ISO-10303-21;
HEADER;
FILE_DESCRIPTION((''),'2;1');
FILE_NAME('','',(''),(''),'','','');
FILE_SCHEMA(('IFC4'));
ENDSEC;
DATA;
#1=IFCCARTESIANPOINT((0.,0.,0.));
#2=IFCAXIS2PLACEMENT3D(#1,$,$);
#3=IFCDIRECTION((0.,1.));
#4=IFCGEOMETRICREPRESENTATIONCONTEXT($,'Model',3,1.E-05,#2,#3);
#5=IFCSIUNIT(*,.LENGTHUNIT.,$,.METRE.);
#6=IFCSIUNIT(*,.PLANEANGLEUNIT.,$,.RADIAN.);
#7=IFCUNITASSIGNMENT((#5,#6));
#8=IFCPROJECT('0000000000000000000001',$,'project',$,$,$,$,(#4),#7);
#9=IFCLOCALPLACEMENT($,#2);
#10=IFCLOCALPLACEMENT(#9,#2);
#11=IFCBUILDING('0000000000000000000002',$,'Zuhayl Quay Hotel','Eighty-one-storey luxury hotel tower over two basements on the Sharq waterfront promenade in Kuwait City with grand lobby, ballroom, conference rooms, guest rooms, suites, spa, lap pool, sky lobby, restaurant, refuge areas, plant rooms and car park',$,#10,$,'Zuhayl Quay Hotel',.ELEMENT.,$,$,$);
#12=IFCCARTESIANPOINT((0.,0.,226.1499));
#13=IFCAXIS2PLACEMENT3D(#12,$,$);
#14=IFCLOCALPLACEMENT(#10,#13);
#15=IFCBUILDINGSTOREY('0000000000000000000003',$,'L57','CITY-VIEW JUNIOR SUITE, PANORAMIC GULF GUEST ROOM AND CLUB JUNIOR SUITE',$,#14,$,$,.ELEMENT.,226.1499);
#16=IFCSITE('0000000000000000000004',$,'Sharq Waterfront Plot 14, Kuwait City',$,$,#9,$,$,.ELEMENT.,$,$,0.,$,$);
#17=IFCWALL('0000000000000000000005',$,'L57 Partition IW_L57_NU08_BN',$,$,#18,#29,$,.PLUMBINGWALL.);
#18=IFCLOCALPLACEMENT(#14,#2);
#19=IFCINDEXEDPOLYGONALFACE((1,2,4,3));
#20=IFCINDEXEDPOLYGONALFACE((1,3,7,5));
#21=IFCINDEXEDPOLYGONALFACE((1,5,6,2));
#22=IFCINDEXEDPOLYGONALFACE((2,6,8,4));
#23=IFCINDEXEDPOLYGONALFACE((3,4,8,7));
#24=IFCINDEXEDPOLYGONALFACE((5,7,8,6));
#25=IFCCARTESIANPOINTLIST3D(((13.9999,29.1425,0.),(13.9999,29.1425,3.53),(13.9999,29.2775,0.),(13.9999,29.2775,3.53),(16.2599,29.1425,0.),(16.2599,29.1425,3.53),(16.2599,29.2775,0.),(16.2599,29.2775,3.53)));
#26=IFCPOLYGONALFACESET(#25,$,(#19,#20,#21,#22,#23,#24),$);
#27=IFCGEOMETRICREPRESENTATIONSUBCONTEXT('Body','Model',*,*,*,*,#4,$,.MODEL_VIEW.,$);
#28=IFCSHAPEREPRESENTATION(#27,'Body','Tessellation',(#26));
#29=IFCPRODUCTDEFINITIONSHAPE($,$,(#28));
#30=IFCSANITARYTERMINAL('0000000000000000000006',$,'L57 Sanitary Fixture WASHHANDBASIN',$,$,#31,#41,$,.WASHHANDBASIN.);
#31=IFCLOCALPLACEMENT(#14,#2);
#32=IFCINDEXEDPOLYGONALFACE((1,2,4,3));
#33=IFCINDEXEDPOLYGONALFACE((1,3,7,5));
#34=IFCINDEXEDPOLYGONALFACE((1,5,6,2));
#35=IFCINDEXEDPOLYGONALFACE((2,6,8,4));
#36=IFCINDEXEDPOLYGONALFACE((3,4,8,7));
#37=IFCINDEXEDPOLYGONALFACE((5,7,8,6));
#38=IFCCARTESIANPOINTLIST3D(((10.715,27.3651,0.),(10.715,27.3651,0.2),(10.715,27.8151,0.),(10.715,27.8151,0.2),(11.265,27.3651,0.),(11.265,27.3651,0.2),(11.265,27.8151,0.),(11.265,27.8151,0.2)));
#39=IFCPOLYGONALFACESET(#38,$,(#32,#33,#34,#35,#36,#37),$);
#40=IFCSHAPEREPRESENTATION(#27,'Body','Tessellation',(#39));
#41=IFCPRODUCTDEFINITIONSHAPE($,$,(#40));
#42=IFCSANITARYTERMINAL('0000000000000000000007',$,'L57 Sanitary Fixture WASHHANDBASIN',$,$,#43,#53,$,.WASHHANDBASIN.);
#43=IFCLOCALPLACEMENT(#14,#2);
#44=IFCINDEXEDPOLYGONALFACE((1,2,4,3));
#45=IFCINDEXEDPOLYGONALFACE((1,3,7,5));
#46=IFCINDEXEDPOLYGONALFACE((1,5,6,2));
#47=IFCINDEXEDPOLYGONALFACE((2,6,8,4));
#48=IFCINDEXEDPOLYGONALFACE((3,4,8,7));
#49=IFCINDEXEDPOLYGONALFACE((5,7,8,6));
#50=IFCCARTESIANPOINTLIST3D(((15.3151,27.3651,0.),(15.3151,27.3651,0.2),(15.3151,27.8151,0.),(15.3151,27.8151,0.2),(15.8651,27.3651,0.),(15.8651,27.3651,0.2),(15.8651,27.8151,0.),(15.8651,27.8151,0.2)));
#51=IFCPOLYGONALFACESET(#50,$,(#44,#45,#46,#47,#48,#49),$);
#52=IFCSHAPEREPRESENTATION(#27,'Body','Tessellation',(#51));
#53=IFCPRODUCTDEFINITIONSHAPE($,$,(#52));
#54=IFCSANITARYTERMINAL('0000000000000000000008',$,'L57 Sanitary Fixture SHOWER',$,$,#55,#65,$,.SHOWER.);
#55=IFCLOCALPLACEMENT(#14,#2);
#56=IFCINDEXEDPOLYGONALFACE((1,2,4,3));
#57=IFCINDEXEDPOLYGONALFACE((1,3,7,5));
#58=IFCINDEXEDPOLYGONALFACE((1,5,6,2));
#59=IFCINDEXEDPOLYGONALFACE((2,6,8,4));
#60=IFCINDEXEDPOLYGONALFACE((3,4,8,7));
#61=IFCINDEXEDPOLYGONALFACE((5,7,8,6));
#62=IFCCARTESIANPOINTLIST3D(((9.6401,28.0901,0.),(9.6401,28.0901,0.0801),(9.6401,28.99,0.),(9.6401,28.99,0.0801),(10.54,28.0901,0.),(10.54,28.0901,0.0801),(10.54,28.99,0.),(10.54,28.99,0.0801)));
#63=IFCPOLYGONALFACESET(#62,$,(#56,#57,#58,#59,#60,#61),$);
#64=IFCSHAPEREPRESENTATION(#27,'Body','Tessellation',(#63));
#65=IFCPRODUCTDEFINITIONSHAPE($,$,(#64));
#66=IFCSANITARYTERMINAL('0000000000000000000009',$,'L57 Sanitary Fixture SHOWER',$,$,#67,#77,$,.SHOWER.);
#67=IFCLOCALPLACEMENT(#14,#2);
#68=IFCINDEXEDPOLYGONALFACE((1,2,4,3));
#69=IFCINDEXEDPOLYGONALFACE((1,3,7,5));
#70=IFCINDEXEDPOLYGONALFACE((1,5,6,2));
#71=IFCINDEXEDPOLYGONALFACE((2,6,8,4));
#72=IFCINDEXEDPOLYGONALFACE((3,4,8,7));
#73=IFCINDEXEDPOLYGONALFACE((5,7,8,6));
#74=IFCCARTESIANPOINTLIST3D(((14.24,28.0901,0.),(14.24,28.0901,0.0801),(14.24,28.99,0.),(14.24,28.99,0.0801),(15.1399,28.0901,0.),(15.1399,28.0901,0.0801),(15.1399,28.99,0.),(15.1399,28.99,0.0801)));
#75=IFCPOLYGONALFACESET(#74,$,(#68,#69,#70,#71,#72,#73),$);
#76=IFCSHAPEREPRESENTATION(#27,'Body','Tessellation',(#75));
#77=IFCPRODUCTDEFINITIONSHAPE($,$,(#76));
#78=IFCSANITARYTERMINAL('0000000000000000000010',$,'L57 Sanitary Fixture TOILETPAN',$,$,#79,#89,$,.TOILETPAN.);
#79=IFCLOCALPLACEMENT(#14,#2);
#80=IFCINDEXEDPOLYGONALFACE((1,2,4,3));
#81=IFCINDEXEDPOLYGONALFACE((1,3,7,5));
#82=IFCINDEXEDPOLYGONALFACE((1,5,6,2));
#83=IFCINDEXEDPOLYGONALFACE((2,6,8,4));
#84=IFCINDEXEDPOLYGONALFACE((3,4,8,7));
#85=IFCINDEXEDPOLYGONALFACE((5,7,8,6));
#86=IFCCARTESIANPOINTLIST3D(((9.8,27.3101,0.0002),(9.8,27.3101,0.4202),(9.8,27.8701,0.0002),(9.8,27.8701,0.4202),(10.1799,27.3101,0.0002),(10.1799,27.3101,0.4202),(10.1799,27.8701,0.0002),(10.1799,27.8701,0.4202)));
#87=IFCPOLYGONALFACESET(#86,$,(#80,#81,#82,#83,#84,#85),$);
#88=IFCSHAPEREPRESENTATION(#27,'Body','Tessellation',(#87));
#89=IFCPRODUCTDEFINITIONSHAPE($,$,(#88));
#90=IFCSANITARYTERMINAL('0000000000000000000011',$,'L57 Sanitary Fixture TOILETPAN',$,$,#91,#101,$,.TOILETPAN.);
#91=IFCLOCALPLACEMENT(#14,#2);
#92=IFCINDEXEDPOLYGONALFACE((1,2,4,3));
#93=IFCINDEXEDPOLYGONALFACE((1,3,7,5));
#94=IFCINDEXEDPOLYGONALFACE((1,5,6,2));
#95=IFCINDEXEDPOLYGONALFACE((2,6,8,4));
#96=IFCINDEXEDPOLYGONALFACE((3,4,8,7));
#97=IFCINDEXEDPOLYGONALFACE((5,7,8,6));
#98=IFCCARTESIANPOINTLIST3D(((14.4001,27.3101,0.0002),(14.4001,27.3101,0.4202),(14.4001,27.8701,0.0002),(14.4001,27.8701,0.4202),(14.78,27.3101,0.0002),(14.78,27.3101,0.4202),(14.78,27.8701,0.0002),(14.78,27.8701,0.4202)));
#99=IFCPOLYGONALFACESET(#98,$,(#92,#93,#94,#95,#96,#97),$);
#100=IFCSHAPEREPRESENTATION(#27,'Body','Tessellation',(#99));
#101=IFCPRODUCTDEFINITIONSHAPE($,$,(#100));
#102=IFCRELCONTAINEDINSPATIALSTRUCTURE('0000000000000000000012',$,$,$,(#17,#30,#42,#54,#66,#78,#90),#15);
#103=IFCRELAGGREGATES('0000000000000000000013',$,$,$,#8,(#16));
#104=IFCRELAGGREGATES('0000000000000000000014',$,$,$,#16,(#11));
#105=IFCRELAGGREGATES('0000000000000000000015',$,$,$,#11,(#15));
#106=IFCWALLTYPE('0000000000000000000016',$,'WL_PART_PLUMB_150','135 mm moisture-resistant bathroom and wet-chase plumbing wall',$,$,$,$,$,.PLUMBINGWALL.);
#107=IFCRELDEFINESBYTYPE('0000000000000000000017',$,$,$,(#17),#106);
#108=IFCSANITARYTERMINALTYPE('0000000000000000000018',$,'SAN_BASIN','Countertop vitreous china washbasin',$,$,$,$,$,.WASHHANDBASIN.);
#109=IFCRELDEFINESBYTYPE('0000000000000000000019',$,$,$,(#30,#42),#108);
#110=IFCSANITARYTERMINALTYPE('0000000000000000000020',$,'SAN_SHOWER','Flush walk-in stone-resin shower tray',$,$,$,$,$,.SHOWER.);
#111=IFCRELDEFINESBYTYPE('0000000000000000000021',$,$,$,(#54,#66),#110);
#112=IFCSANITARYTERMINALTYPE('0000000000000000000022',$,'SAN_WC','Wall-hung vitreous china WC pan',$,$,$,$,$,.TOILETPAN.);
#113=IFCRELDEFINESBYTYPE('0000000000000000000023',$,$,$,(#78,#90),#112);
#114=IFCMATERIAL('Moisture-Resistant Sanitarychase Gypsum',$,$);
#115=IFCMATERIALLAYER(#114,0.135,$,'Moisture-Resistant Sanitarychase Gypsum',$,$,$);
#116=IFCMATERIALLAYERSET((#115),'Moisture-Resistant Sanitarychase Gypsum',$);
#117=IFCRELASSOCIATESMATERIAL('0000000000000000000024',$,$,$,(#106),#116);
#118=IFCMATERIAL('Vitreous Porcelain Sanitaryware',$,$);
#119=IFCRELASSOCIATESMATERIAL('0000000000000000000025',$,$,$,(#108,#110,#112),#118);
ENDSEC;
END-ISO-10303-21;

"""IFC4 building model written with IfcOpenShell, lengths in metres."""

from ifc_helpers import new_model, si_unit, direction, frame, frame_2d, origin, origin_2d, place, context, subcontext, project, spatial, rectangle, extrude, material, layer, layer_set, type_object, element, save


model = new_model("IFC4")

# Units and contexts
model_context = context("Model", 3, precision=1e-05, world=origin(), true_north=direction((0.0, 1.0)))
body_context = subcontext(model_context, "Body", "Model", "MODEL_VIEW")
ifc_project = project(units=[si_unit("LENGTHUNIT", "METRE"), si_unit("PLANEANGLEUNIT", "RADIAN")], contexts=[model_context])

# Site, building, storey
site_placement = place(None, origin())
site = spatial("IfcSite", under=ifc_project, at=site_placement, Name="Sharq Waterfront Plot 14, Kuwait City", CompositionType="ELEMENT", RefElevation=0.0)
building_placement = place(site_placement, origin())
building = spatial("IfcBuilding", under=site, at=building_placement, Name="Zuhayl Quay Hotel", Description="Eighty-one-storey luxury hotel tower over two basements on the Sharq waterfront promenade in Kuwait City with grand lobby, ballroom, conference rooms, guest rooms, suites, spa, lap pool, sky lobby, restaurant, refuge areas, plant rooms and car park", LongName="Zuhayl Quay Hotel", CompositionType="ELEMENT")
storey_placement = place(building_placement, frame((0.0, 0.0, 226.1499)))
storey = spatial("IfcBuildingStorey", under=building, at=storey_placement, Name="L57", Description="CITY-VIEW JUNIOR SUITE, PANORAMIC GULF GUEST ROOM AND CLUB JUNIOR SUITE", CompositionType="ELEMENT", Elevation=226.1499)

# Shared definitions
ifc_material_1 = material(Name="Moisture-Resistant Sanitarychase Gypsum")
ifc_layer_1 = layer(ifc_material_1, 0.135, Name="Moisture-Resistant Sanitarychase Gypsum")
ifc_layer_set_1 = layer_set([ifc_layer_1], Name="Moisture-Resistant Sanitarychase Gypsum")
wall_type_1 = type_object("IfcWallType", Name="WL_PART_PLUMB_150", Description="135 mm moisture-resistant bathroom and wet-chase plumbing wall", PredefinedType="PLUMBINGWALL", material=ifc_layer_set_1)

# Wall
wall_1_placement = place(storey_placement, frame((14.0, 29.21, 0.0), z_axis=(0.0, 0.0, 1.0), x_axis=(1.0, 0.0, 0.0)))
element("IfcWall", 1, at=wall_1_placement, inside=storey, type_object=wall_type_1, Name="L57 Partition IW_L57_NU08_BN", PredefinedType="PLUMBINGWALL", context=body_context, shape_type="SweptSolid", body=[
    extrude(rectangle(XDim=2.26, YDim=0.135, at=frame_2d((1.1299, 0.0))), origin(), (0.0, 0.0, 1.0), 3.53),
])

# Sanitary terminals
ifc_material_2 = material(Name="Vitreous Porcelain Sanitaryware")
sanitary_terminal_type_1 = type_object("IfcSanitaryTerminalType", Name="SAN_BASIN", Description="Countertop vitreous china washbasin", PredefinedType="WASHHANDBASIN", material=ifc_material_2)
for number, where, z_axis, x_axis, name in (
    (2, (10.99, 27.5901, 0.0), (0.0, 0.0, 1.0), (1.0, 0.0, 0.0), "L57 Sanitary Fixture WASHHANDBASIN"),
    (3, (15.5901, 27.5901, 0.0), (0.0, 0.0, 1.0), (1.0, 0.0, 0.0), "L57 Sanitary Fixture WASHHANDBASIN"),
):
    element("IfcSanitaryTerminal", number, at=place(storey_placement, frame(where, z_axis=z_axis, x_axis=x_axis)), inside=storey, type_object=sanitary_terminal_type_1, Name=name, PredefinedType="WASHHANDBASIN", context=body_context, shape_type="SweptSolid", body=[
        extrude(rectangle(XDim=0.55, YDim=0.45, at=origin_2d()), origin(), (0.0, 0.0, 1.0), 0.2),
    ])
sanitary_terminal_type_2 = type_object("IfcSanitaryTerminalType", Name="SAN_SHOWER", Description="Flush walk-in stone-resin shower tray", PredefinedType="SHOWER", material=ifc_material_2)
for number, where, z_axis, x_axis, name in (
    (4, (10.0901, 28.54, 0.0), (0.0, 0.0, 1.0), (1.0, 0.0, 0.0), "L57 Sanitary Fixture SHOWER"),
    (5, (14.6899, 28.54, 0.0), (0.0, 0.0, 1.0), (1.0, 0.0, 0.0), "L57 Sanitary Fixture SHOWER"),
):
    element("IfcSanitaryTerminal", number, at=place(storey_placement, frame(where, z_axis=z_axis, x_axis=x_axis)), inside=storey, type_object=sanitary_terminal_type_2, Name=name, PredefinedType="SHOWER", context=body_context, shape_type="SweptSolid", body=[
        extrude(rectangle(XDim=0.8999, YDim=0.8999, at=origin_2d()), origin(), (0.0, 0.0, 1.0), 0.0801),
    ])
sanitary_terminal_type_3 = type_object("IfcSanitaryTerminalType", Name="SAN_WC", Description="Wall-hung vitreous china WC pan", PredefinedType="TOILETPAN", material=ifc_material_2)
for number, where, z_axis, x_axis, name in (
    (6, (9.99, 27.5901, 0.0002), (0.0, 0.0, 1.0), (1.0, 0.0, 0.0), "L57 Sanitary Fixture TOILETPAN"),
    (7, (14.5901, 27.5901, 0.0002), (0.0, 0.0, 1.0), (1.0, 0.0, 0.0), "L57 Sanitary Fixture TOILETPAN"),
):
    element("IfcSanitaryTerminal", number, at=place(storey_placement, frame(where, z_axis=z_axis, x_axis=x_axis)), inside=storey, type_object=sanitary_terminal_type_3, Name=name, PredefinedType="TOILETPAN", context=body_context, shape_type="SweptSolid", body=[
        extrude(rectangle(XDim=0.3799, YDim=0.5601, at=origin_2d()), origin(), (0.0, 0.0, 1.0), 0.4199),
    ])

save(model, "model.ifc")
